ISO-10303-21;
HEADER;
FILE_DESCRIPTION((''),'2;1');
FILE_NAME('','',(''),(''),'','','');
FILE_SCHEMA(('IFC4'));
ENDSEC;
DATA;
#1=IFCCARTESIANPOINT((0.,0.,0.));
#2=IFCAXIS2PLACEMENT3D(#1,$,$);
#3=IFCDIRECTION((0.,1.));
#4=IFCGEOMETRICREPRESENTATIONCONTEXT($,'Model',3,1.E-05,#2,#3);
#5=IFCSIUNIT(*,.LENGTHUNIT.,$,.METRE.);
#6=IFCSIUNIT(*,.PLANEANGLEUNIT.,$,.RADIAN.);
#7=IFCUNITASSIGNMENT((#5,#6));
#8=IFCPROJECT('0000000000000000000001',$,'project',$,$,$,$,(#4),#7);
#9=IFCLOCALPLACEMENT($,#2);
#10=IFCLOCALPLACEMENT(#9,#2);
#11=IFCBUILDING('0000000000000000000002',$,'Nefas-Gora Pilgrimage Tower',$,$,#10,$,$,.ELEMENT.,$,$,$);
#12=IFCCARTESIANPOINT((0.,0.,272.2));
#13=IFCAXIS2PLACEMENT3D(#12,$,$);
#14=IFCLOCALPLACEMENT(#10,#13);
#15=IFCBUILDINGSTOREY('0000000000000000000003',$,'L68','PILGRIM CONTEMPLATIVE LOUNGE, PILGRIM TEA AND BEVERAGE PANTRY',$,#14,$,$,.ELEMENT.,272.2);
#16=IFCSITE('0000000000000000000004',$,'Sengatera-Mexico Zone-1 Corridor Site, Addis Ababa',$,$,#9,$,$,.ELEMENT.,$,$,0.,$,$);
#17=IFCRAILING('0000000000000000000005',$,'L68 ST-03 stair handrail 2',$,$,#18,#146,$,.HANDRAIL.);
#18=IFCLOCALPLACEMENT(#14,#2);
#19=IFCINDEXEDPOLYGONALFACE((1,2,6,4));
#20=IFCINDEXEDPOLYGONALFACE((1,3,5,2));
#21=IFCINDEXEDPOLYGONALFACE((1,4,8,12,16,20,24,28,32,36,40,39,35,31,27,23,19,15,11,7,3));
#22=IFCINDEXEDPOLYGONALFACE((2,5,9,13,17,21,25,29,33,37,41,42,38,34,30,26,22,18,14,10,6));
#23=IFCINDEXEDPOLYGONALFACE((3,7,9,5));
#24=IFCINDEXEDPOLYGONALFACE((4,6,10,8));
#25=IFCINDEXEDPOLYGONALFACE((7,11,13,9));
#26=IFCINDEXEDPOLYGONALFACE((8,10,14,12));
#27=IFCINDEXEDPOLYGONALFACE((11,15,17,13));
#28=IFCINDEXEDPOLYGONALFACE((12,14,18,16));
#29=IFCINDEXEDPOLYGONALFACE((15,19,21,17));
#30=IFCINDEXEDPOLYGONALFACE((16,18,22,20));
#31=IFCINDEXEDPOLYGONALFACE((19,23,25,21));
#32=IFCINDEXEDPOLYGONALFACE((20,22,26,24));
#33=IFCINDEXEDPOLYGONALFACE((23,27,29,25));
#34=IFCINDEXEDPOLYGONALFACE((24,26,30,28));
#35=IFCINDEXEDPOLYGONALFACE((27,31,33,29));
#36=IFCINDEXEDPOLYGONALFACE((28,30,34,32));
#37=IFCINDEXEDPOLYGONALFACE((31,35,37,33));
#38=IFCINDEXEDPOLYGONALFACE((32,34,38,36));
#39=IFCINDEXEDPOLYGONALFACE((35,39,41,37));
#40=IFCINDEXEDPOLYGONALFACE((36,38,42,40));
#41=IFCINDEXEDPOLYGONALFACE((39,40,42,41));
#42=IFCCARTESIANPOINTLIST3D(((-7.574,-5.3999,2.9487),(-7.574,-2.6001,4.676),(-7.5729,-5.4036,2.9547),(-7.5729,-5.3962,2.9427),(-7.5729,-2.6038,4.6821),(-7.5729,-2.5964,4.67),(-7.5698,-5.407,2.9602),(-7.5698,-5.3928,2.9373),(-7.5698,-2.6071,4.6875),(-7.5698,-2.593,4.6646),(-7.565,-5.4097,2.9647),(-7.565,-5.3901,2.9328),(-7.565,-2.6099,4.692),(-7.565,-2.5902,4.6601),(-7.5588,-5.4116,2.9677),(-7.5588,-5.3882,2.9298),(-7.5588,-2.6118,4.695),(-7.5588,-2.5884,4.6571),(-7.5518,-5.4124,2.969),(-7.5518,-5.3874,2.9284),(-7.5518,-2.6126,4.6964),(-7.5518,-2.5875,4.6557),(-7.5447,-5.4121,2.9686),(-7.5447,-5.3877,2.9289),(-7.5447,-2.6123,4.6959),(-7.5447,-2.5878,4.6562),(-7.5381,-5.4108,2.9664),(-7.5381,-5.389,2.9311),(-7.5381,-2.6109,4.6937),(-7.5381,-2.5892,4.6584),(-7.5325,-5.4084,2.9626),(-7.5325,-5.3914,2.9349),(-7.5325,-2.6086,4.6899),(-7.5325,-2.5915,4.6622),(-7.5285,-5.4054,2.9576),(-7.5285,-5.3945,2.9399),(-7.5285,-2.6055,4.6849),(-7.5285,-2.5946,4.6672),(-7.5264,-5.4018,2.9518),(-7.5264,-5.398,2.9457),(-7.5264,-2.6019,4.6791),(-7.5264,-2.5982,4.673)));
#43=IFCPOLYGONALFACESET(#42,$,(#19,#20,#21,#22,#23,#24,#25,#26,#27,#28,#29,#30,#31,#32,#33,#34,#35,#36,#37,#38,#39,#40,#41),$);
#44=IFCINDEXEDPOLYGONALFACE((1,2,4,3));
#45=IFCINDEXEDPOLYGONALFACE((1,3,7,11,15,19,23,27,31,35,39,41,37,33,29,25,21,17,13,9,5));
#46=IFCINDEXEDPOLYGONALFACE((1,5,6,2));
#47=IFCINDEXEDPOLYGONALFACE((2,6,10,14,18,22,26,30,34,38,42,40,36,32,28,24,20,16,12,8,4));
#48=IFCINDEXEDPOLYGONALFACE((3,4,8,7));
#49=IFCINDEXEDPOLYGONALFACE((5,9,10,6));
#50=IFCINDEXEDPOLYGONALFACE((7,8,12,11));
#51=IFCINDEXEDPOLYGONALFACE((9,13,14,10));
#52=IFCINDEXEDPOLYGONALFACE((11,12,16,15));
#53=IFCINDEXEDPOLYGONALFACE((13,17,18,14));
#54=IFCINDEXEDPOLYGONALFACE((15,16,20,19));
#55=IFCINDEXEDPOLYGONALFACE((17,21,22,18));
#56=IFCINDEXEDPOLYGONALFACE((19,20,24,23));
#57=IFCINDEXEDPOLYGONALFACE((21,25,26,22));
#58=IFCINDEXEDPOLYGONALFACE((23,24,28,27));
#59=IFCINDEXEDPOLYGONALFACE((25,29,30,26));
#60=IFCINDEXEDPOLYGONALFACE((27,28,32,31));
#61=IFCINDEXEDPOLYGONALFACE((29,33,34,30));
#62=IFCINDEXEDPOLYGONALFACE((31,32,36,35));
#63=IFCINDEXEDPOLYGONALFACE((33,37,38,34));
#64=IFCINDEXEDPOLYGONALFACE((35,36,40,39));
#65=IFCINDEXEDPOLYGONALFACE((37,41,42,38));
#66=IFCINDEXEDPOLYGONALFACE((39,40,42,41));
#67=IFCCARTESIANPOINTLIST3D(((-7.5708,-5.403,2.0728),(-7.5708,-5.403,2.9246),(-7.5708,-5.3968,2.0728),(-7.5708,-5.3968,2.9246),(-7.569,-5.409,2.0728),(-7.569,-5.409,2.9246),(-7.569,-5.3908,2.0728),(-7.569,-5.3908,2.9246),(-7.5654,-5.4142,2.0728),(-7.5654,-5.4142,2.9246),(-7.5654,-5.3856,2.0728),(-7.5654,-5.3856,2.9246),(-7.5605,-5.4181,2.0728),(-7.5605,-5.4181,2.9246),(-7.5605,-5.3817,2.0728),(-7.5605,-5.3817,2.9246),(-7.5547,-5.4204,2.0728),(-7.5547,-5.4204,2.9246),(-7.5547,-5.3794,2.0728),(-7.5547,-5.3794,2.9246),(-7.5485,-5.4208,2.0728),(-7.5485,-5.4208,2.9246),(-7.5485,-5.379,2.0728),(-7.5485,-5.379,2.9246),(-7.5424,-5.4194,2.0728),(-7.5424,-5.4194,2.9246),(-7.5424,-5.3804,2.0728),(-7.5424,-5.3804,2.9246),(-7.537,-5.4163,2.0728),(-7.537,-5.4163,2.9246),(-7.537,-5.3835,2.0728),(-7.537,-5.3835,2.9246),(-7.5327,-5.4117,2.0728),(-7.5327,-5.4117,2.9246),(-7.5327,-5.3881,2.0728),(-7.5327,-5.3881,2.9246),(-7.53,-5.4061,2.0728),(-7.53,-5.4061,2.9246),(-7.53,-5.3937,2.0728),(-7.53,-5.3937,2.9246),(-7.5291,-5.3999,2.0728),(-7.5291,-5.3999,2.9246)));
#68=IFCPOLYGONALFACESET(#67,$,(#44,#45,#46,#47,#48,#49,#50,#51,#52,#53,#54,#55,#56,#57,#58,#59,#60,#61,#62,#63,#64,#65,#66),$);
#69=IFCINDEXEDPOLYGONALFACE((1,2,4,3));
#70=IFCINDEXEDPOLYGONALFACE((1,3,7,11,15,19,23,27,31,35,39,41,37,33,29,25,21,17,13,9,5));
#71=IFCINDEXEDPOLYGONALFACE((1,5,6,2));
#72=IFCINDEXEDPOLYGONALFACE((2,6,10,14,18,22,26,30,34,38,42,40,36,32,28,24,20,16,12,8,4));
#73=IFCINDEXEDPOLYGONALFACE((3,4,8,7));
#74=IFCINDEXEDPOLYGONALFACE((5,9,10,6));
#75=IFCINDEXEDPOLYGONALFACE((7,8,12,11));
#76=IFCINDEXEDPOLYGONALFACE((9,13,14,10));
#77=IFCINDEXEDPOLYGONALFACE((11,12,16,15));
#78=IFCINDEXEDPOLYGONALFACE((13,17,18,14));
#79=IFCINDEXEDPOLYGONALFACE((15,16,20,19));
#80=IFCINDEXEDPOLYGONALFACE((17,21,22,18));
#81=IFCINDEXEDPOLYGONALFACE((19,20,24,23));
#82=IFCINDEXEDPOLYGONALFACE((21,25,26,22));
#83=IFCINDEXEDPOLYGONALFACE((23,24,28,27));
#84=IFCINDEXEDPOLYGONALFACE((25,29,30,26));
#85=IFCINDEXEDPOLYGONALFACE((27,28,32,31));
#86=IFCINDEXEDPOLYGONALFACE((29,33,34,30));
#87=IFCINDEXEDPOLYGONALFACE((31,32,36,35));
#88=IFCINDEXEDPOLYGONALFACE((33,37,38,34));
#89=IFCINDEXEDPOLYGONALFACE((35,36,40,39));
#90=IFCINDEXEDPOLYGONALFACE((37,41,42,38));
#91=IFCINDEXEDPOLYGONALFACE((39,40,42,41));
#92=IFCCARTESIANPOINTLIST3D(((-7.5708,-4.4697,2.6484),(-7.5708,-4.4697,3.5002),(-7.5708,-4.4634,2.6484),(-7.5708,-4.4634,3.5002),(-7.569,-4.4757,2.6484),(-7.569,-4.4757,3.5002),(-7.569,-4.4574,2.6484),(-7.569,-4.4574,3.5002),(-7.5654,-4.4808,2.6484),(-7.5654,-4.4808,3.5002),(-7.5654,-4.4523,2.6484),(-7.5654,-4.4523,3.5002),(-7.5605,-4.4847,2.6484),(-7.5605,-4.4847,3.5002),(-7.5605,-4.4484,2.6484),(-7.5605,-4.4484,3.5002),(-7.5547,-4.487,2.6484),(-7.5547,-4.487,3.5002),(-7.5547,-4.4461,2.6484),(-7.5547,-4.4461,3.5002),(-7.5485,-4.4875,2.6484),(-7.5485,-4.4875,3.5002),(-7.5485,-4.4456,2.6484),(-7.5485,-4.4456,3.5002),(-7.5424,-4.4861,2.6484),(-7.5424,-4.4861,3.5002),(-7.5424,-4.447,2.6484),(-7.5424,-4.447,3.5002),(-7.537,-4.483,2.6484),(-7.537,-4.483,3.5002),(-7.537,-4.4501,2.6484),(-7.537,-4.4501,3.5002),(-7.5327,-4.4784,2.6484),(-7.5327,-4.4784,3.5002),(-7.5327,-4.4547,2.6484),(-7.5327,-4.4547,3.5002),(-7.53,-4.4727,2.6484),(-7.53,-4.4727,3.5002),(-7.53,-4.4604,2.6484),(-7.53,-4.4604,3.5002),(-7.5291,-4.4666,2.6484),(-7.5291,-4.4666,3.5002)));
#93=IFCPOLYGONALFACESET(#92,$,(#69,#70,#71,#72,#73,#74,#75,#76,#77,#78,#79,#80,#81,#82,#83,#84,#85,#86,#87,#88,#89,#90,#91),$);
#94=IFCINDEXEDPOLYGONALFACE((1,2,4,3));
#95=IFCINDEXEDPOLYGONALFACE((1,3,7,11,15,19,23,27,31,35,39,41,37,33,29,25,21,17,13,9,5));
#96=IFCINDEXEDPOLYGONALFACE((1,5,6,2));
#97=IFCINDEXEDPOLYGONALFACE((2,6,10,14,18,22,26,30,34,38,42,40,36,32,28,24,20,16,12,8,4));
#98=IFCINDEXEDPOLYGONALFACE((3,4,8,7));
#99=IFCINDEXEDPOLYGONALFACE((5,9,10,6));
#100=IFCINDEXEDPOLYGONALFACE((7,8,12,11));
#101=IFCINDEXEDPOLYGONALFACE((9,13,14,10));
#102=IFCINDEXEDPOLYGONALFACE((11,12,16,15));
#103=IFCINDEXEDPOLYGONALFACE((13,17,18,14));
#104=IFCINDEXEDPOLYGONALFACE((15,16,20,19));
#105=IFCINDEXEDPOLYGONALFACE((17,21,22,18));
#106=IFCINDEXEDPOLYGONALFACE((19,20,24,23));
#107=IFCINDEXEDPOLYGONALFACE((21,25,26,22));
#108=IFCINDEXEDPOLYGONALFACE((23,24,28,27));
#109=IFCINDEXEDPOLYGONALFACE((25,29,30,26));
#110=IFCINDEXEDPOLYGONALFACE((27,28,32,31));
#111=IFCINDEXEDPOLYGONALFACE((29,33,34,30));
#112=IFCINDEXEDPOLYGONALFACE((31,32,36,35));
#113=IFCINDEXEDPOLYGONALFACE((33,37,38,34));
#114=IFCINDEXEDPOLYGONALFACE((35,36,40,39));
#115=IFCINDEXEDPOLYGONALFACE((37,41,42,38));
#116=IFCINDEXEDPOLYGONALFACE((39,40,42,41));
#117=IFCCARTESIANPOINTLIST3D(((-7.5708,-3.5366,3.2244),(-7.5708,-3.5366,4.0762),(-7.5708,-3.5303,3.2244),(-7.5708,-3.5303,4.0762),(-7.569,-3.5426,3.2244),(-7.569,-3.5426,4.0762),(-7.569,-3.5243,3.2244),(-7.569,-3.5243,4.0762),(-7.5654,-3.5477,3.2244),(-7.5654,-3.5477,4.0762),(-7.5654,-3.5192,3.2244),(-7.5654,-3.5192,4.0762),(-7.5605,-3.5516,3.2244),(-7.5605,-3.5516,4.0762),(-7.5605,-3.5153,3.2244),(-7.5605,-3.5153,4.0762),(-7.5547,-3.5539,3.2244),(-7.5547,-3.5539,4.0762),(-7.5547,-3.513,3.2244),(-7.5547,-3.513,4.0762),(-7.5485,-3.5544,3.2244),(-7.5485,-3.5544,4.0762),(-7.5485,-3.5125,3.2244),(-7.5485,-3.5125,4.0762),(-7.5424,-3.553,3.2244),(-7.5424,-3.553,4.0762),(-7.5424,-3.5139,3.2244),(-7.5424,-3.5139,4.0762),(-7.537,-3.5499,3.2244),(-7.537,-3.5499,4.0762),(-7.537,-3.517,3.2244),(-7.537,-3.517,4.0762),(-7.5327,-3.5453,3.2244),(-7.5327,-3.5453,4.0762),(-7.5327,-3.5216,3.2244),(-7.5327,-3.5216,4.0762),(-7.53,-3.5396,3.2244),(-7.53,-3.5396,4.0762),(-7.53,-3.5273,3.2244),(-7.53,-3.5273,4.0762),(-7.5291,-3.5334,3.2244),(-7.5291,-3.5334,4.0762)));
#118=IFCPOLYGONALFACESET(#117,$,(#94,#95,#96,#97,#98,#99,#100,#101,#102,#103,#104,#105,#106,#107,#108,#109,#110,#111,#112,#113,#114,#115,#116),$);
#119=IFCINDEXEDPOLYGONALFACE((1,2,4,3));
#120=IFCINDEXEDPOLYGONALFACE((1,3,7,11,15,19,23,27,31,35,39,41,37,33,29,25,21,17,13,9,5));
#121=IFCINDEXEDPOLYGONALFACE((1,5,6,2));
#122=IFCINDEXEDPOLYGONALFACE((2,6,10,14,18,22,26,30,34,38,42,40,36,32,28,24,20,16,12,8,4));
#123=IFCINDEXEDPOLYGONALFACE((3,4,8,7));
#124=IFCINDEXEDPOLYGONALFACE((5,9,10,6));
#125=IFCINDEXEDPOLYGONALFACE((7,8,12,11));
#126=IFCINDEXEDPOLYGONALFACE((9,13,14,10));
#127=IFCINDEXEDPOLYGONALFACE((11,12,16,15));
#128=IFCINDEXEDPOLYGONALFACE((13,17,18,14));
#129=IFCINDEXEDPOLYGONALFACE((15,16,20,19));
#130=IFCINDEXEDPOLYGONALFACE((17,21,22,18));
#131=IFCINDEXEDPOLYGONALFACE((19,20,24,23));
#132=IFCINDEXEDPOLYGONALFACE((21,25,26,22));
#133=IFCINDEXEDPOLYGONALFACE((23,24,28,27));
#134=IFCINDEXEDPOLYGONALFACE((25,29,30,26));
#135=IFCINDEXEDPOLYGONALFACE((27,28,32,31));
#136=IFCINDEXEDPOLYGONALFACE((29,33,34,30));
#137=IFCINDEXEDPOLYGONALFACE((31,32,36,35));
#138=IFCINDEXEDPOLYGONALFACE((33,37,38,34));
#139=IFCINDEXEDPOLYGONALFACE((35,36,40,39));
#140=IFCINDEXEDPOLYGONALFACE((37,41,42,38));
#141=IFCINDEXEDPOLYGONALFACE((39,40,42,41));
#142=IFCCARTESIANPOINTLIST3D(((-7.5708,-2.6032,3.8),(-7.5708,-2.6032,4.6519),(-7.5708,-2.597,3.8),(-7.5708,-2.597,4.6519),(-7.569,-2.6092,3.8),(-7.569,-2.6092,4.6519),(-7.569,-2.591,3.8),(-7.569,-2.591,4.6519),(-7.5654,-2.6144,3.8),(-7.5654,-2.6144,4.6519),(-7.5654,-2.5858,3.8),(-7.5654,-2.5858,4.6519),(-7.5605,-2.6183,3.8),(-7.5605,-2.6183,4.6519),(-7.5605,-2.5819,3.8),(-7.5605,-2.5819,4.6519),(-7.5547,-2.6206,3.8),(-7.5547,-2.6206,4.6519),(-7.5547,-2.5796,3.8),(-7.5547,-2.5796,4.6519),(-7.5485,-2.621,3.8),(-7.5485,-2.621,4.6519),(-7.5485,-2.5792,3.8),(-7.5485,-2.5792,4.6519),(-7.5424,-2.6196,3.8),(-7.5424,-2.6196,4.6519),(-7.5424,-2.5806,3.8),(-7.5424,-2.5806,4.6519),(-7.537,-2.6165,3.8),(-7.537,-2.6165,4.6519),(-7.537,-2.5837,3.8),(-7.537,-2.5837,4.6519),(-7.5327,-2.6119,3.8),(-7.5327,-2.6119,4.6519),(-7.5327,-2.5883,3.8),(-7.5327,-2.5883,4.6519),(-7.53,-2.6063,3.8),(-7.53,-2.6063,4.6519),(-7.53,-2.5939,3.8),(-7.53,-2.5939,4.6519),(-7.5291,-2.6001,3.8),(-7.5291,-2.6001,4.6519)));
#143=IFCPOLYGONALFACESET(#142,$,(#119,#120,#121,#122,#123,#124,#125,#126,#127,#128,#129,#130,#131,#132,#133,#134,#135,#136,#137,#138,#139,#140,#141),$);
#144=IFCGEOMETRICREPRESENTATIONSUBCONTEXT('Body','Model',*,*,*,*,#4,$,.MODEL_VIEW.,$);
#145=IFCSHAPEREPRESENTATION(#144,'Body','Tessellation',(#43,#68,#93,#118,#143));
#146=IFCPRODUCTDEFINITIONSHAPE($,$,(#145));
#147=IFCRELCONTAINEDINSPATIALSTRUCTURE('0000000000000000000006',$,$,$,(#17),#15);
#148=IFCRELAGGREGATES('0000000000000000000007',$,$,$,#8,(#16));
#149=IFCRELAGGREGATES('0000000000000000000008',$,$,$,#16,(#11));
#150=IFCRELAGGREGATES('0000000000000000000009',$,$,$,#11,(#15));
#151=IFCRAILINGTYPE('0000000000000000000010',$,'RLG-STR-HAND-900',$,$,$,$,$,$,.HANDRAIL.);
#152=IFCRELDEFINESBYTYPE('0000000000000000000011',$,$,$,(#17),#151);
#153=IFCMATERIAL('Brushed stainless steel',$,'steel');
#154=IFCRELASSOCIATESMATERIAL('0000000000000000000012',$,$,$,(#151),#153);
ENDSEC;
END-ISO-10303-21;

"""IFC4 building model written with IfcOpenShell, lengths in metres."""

from ifc_helpers import new_model, si_unit, direction, frame, origin, origin_2d, place, context, subcontext, project, spatial, circle, extrude, material, type_object, element, save


model = new_model("IFC4")

# Units and contexts
model_context = context("Model", 3, precision=1e-05, world=origin(), true_north=direction((0.0, 1.0)))
body_context = subcontext(model_context, "Body", "Model", "MODEL_VIEW")
ifc_project = project(units=[si_unit("LENGTHUNIT", "METRE"), si_unit("PLANEANGLEUNIT", "RADIAN")], contexts=[model_context])

# Site, building, storey
site_placement = place(None, origin())
site = spatial("IfcSite", under=ifc_project, at=site_placement, Name="Sengatera-Mexico Zone-1 Corridor Site, Addis Ababa", CompositionType="ELEMENT", RefElevation=0.0)
building_placement = place(site_placement, origin())
building = spatial("IfcBuilding", under=site, at=building_placement, Name="Nefas-Gora Pilgrimage Tower", CompositionType="ELEMENT")
storey_placement = place(building_placement, frame((0.0, 0.0, 272.2)))
storey = spatial("IfcBuildingStorey", under=building, at=storey_placement, Name="L68", Description="PILGRIM CONTEMPLATIVE LOUNGE, PILGRIM TEA AND BEVERAGE PANTRY", CompositionType="ELEMENT", Elevation=272.2)

# Railing
ifc_material_1 = material(Name="Brushed stainless steel", Category="steel")
railing_type_1 = type_object("IfcRailingType", Name="RLG-STR-HAND-900", PredefinedType="HANDRAIL", material=ifc_material_1)
railing_1_placement = place(storey_placement, frame((-7.55, -5.3999, 2.0728)))
element("IfcRailing", 1, at=railing_1_placement, inside=storey, type_object=railing_type_1, Name="L68 ST-03 stair handrail 2", PredefinedType="HANDRAIL", context=body_context, shape_type="SweptSolid", body=[
    extrude(circle(Radius=0.0239, at=origin_2d()), frame((0.0, 0.0, 0.876), z_axis=(0.0, 0.851069, 0.525054), x_axis=(-1.0, 0.0, 0.0)), (0.0, 0.0, 1.0), 3.2898),
    extrude(circle(Radius=0.021, at=origin_2d()), origin(), (0.0, 0.0, 1.0), 0.8518),
    extrude(circle(Radius=0.021, at=origin_2d()), frame((0.0, 0.9333, 0.5757)), (0.0, 0.0, 1.0), 0.8518),
    extrude(circle(Radius=0.021, at=origin_2d()), frame((0.0, 1.8665, 1.1516)), (0.0, 0.0, 1.0), 0.8518),
    extrude(circle(Radius=0.021, at=origin_2d()), frame((0.0, 2.7998, 1.7273)), (0.0, 0.0, 1.0), 0.8518),
])

save(model, "model.ifc")
